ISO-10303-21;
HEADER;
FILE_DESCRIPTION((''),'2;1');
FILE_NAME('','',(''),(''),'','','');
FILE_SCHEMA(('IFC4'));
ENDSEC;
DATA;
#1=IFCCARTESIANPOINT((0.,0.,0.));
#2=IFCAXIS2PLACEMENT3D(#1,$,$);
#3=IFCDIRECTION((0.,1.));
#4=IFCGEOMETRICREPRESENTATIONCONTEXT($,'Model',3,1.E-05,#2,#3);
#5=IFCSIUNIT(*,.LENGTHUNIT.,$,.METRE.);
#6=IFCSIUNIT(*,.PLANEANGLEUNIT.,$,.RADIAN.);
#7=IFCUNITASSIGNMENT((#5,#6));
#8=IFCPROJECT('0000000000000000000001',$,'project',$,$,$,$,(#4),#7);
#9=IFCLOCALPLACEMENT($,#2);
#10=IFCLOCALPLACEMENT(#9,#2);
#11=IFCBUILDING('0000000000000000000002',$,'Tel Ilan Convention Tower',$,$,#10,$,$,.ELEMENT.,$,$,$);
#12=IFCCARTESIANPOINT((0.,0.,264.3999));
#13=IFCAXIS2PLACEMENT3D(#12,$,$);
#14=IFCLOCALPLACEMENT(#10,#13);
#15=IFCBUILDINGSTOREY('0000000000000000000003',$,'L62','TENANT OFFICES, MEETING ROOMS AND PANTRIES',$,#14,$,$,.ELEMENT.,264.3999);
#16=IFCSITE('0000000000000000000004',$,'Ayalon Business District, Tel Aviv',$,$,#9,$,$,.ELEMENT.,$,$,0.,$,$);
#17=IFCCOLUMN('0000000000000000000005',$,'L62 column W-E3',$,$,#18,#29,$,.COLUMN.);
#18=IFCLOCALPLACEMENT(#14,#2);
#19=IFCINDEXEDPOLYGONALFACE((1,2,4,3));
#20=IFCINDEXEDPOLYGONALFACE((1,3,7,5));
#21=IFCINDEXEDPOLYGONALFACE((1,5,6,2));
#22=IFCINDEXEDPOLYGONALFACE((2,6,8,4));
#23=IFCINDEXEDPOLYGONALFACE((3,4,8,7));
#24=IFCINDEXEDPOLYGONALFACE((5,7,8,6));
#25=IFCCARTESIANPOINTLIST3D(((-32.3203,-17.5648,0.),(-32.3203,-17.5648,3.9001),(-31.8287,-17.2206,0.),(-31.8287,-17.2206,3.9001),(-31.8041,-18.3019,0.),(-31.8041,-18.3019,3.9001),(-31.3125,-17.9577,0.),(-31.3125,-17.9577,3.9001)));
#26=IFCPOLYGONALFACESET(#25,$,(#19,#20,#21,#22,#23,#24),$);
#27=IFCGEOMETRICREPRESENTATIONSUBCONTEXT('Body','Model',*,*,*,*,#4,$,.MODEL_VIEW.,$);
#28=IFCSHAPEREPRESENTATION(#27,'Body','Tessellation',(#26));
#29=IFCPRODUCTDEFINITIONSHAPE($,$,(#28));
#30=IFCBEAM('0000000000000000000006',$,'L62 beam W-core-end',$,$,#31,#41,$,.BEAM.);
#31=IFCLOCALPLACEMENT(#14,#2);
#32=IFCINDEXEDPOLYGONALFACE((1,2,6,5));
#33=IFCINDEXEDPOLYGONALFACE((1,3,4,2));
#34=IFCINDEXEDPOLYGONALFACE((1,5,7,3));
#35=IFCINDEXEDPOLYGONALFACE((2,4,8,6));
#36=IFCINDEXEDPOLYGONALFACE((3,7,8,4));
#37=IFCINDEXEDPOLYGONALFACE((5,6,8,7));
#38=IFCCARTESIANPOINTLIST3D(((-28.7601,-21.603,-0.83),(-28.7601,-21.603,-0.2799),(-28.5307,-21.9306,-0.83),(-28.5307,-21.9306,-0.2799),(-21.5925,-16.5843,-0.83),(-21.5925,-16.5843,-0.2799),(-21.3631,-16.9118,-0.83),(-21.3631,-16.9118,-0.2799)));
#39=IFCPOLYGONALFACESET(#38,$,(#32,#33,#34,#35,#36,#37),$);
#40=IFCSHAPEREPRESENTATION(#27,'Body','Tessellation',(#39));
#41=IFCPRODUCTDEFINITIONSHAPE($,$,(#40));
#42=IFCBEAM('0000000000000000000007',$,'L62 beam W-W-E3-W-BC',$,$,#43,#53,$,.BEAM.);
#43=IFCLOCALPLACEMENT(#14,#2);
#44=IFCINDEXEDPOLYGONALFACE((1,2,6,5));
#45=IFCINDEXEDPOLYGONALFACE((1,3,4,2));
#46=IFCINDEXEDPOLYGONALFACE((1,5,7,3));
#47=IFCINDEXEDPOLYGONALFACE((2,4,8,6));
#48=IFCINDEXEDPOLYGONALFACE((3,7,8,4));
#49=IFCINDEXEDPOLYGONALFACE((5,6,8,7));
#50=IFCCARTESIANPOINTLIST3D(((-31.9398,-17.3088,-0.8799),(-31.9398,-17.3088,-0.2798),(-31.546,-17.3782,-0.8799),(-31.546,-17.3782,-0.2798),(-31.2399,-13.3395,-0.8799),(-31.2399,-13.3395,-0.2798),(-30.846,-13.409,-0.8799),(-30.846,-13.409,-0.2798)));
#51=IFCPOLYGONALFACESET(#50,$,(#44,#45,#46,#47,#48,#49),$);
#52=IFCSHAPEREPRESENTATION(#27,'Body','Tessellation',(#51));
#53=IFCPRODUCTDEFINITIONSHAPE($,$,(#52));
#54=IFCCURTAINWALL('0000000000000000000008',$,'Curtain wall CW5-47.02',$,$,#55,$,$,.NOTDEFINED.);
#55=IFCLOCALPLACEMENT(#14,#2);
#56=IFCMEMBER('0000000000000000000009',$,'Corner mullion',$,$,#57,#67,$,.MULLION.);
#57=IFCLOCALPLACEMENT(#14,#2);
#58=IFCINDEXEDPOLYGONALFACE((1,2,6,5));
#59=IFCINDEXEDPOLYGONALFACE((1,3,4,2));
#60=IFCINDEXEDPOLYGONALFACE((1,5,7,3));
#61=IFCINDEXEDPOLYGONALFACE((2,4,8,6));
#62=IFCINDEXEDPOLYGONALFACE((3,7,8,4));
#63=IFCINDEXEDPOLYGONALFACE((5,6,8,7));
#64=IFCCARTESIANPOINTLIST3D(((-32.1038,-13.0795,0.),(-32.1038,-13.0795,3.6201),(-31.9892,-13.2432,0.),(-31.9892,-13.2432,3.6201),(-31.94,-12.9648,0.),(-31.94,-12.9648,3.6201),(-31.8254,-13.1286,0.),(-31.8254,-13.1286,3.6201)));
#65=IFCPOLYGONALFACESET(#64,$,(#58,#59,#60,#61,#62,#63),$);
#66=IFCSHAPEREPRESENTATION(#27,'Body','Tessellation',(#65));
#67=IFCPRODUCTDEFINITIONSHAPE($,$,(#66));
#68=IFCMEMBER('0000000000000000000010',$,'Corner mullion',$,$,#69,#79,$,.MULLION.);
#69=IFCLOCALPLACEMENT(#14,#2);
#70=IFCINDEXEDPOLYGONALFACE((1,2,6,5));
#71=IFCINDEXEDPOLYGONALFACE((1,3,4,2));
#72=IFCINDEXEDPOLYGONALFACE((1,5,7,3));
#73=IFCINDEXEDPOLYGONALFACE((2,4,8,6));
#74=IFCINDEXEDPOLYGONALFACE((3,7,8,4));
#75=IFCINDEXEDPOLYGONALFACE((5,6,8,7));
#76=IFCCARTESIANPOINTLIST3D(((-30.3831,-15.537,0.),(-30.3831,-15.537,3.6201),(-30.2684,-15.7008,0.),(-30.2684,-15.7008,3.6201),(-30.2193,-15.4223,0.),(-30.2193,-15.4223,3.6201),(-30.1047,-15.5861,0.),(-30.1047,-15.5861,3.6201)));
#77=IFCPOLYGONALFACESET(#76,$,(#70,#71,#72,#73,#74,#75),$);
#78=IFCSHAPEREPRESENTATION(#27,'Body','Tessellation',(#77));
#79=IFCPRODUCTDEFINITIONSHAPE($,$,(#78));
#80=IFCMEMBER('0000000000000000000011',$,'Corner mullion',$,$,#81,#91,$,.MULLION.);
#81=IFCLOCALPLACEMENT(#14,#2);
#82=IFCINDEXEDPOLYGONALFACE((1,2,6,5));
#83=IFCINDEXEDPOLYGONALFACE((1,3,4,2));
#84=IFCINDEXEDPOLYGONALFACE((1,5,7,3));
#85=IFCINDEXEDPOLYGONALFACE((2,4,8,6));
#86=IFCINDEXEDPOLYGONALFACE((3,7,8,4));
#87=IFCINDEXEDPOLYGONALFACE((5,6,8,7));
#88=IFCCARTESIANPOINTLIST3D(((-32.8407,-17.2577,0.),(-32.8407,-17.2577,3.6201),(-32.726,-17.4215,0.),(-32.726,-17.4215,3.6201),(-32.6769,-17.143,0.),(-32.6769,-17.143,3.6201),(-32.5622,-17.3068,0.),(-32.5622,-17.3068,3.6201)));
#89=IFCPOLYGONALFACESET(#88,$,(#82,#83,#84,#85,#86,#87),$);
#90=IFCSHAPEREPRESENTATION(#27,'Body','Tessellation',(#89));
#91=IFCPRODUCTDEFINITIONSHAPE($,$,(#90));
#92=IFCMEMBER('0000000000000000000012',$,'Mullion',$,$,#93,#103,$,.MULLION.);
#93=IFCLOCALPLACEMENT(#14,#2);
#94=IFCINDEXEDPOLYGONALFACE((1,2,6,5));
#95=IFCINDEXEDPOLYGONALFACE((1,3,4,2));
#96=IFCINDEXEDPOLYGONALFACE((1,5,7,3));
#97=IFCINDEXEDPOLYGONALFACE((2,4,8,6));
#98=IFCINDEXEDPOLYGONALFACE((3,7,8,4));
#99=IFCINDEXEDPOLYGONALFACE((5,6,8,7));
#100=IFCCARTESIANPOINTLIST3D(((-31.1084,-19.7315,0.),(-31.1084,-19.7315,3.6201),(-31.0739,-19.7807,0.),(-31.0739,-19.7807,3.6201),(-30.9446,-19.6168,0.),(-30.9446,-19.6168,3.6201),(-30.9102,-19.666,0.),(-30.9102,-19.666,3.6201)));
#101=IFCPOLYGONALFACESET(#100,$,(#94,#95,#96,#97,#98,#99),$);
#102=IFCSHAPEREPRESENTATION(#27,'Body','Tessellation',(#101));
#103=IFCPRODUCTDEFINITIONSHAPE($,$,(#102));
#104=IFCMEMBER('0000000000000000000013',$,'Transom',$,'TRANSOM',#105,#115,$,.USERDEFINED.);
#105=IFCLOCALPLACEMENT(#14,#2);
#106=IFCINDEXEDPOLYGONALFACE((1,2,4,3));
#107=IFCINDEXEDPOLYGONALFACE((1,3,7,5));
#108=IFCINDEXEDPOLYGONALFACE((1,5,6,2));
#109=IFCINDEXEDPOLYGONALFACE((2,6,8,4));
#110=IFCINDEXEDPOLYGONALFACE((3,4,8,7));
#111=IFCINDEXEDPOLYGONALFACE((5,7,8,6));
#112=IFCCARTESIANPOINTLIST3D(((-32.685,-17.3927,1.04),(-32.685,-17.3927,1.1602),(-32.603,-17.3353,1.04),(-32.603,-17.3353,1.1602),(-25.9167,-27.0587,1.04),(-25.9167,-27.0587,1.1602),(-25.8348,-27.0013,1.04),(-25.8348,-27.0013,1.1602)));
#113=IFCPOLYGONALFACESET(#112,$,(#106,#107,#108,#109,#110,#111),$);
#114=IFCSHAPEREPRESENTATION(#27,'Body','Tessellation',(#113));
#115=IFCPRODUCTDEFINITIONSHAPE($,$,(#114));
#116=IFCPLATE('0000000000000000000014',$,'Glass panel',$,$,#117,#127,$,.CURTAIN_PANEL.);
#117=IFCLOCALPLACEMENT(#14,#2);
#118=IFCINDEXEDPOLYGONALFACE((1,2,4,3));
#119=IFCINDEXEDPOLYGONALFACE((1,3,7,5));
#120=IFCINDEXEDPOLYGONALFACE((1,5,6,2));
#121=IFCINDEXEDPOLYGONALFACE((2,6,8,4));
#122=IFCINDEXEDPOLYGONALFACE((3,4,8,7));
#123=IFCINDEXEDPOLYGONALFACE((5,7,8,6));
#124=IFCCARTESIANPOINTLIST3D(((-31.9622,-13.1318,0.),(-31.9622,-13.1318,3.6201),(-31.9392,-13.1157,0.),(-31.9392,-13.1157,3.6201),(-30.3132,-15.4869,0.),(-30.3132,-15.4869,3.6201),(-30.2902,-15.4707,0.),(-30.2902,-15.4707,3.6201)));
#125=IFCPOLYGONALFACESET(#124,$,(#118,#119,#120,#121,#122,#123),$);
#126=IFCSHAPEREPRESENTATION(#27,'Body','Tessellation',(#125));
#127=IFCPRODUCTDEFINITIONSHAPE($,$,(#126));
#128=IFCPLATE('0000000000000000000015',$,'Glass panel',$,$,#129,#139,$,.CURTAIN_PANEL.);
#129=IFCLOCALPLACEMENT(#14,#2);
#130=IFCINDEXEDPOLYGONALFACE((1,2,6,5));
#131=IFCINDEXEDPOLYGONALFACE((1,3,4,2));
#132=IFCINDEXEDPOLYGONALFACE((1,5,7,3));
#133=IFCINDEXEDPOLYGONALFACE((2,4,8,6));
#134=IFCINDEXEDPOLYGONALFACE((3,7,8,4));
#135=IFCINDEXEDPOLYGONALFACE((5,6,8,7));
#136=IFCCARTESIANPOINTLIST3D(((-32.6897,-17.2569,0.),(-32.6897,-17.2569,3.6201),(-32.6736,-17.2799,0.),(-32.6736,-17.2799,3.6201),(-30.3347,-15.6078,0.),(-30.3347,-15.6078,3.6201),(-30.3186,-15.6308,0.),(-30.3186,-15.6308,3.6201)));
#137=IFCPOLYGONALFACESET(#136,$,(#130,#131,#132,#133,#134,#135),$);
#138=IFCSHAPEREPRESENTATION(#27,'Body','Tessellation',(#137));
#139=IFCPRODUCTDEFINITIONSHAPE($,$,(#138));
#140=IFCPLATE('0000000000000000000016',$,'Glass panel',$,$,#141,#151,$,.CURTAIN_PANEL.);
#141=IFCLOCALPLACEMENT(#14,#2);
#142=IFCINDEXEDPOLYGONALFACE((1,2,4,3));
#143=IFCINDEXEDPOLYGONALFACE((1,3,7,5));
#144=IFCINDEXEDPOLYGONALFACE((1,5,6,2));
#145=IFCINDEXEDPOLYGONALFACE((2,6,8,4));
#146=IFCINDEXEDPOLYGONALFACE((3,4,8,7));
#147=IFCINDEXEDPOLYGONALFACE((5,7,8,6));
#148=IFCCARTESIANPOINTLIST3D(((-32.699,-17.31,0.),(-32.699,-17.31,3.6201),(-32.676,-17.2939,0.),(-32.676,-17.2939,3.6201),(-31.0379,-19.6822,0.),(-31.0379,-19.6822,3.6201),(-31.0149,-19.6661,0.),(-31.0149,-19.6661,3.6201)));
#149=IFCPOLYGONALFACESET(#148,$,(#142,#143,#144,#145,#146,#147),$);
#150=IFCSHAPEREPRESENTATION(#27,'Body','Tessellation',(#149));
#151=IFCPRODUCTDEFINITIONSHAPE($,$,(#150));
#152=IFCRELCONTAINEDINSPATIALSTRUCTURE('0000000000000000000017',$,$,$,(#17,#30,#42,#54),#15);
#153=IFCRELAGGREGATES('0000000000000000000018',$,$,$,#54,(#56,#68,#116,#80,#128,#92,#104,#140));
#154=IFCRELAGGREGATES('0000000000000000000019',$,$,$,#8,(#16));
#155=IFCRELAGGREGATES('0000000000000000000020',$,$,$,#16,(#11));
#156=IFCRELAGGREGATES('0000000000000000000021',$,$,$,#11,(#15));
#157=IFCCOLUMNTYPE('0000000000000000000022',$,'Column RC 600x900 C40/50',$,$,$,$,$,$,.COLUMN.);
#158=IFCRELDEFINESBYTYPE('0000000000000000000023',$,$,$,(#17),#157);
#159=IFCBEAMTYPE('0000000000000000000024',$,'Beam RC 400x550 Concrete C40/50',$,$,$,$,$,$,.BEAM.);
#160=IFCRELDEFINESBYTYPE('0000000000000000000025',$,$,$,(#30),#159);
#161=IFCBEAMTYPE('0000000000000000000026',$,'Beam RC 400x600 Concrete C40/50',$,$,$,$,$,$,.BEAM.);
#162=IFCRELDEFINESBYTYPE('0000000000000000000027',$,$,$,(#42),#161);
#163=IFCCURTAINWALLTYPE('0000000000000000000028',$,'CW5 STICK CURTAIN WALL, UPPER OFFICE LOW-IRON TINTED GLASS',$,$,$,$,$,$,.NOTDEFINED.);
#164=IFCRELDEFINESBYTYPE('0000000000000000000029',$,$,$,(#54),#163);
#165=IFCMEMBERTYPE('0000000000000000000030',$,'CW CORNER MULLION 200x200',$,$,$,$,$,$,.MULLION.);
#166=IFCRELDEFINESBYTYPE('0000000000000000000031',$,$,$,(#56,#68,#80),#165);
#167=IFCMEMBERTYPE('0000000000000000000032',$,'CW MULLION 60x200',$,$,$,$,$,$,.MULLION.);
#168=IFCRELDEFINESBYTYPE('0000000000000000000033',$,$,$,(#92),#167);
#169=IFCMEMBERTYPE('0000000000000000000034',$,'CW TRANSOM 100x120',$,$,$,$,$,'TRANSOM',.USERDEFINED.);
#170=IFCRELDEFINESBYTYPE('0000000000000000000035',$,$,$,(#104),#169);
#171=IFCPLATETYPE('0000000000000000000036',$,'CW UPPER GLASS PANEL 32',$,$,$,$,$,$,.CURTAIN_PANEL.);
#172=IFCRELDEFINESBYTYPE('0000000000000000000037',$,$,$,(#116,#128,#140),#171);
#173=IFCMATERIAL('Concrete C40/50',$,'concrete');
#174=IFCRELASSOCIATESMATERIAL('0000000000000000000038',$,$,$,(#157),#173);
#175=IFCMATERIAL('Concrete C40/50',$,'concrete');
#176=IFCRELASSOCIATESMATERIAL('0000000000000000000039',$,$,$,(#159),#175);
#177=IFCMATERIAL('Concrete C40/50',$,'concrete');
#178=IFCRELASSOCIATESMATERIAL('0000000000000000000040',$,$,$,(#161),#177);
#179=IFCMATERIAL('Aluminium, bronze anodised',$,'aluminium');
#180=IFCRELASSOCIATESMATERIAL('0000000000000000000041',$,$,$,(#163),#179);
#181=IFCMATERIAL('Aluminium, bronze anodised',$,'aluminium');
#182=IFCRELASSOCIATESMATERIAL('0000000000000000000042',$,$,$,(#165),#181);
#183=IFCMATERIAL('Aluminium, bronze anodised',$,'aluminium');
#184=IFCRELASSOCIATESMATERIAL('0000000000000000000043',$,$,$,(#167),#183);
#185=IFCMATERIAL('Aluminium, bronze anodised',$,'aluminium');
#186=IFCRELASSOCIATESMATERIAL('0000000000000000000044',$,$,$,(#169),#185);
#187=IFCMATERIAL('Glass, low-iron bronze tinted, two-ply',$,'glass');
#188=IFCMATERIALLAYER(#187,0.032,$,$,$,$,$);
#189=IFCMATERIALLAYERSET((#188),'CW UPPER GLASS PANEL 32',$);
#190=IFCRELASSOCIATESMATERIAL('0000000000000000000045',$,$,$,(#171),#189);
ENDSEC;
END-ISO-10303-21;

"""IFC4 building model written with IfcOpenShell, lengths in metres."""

from ifc_helpers import new_model, si_unit, direction, frame, origin, origin_2d, place, context, subcontext, project, spatial, rectangle, extrude, material, layer, layer_set, material_profile, profile_set, type_object, element, aggregate, save


model = new_model("IFC4")

# Units and contexts
model_context = context("Model", 3, precision=1e-05, world=origin(), true_north=direction((0.0, 1.0)))
body_context = subcontext(model_context, "Body", "Model", "MODEL_VIEW")
ifc_project = project(units=[si_unit("LENGTHUNIT", "METRE"), si_unit("PLANEANGLEUNIT", "RADIAN")], contexts=[model_context])

# Site, building, storey
site_placement = place(None, origin())
site = spatial("IfcSite", under=ifc_project, at=site_placement, Name="Ayalon Business District, Tel Aviv", CompositionType="ELEMENT", RefElevation=0.0)
building_placement = place(site_placement, origin())
building = spatial("IfcBuilding", under=site, at=building_placement, Name="Tel Ilan Convention Tower", CompositionType="ELEMENT")
storey_placement = place(building_placement, frame((0.0, 0.0, 264.3999)))
storey = spatial("IfcBuildingStorey", under=building, at=storey_placement, Name="L62", Description="TENANT OFFICES, MEETING ROOMS AND PANTRIES", CompositionType="ELEMENT", Elevation=264.3999)

# Column
ifc_material_1 = material(Name="Concrete C40/50", Category="concrete")
ifc_material_profile_1 = material_profile(ifc_material_1, rectangle(XDim=0.8999, YDim=0.6001, at=origin_2d()), Name="RC 600x900")
ifc_profile_set_1 = profile_set([ifc_material_profile_1], Name="Concrete C40/50")
column_type = type_object("IfcColumnType", Name="Column RC 600x900 C40/50", PredefinedType="COLUMN", material=ifc_profile_set_1)
column_placement = place(storey_placement, frame((-31.8164, -17.7612, 0.0), z_axis=(0.0, 0.0, 1.0), x_axis=(-0.573576, 0.819152, 0.0)))
element("IfcColumn", 1, at=column_placement, inside=storey, type_object=column_type, Name="L62 column W-E3", PredefinedType="COLUMN", context=body_context, shape_type="SweptSolid", body=[
    extrude(rectangle(XDim=0.8999, YDim=0.6001, at=origin_2d()), origin(), (0.0, 0.0, 1.0), 3.9001),
])

# Beams
ifc_material_2 = material(Name="Concrete C40/50", Category="concrete")
ifc_material_profile_2 = material_profile(ifc_material_2, rectangle(XDim=0.3999, YDim=0.55, at=origin_2d()), Name="RC 400x550")
ifc_profile_set_2 = profile_set([ifc_material_profile_2], Name="Concrete C40/50")
beam_type_1 = type_object("IfcBeamType", Name="Beam RC 400x550 Concrete C40/50", PredefinedType="BEAM", material=ifc_profile_set_2)
beam_1_placement = place(storey_placement, frame((-21.4778, -16.748, -0.5549), z_axis=(-0.819157, -0.573569, 0.0), x_axis=(0.573569, -0.819157, 0.0)))
element("IfcBeam", 2, at=beam_1_placement, inside=storey, type_object=beam_type_1, Name="L62 beam W-core-end", PredefinedType="BEAM", context=body_context, shape_type="SweptSolid", body=[
    extrude(rectangle(XDim=0.3999, YDim=0.55, at=origin_2d()), origin(), (0.0, 0.0, 1.0), 8.75),
])
ifc_material_3 = material(Name="Concrete C40/50", Category="concrete")
ifc_material_profile_3 = material_profile(ifc_material_3, rectangle(XDim=0.3999, YDim=0.6001, at=origin_2d()), Name="RC 400x600")
ifc_profile_set_3 = profile_set([ifc_material_profile_3], Name="Concrete C40/50")
beam_type_2 = type_object("IfcBeamType", Name="Beam RC 400x600 Concrete C40/50", PredefinedType="BEAM", material=ifc_profile_set_3)
beam_2_placement = place(storey_placement, frame((-31.7429, -17.3435, -0.5798), z_axis=(0.173664, 0.984805, 0.0), x_axis=(-0.984805, 0.173664, 0.0)))
element("IfcBeam", 3, at=beam_2_placement, inside=storey, type_object=beam_type_2, Name="L62 beam W-W-E3-W-BC", PredefinedType="BEAM", context=body_context, shape_type="SweptSolid", body=[
    extrude(rectangle(XDim=0.3999, YDim=0.6001, at=origin_2d()), origin(), (0.0, 0.0, 1.0), 4.0305),
])

# Curtain wall, members, plates
ifc_material_4 = material(Name="Aluminium, bronze anodised", Category="aluminium")
curtain_wall_type = type_object("IfcCurtainWallType", Name="CW5 STICK CURTAIN WALL, UPPER OFFICE LOW-IRON TINTED GLASS", PredefinedType="NOTDEFINED", material=ifc_material_4)
curtain_wall_placement = place(storey_placement, origin())
curtain_wall = element("IfcCurtainWall", 4, at=curtain_wall_placement, inside=storey, type_object=curtain_wall_type, Name="Curtain wall CW5-47.02", PredefinedType="NOTDEFINED")
ifc_material_5 = material(Name="Aluminium, bronze anodised", Category="aluminium")
ifc_material_profile_4 = material_profile(ifc_material_5, rectangle(XDim=0.2, YDim=0.2, at=origin_2d()), Name="CW CORNER MULLION 200x200")
ifc_profile_set_4 = profile_set([ifc_material_profile_4], Name="Aluminium, bronze anodised")
member_type_1 = type_object("IfcMemberType", Name="CW CORNER MULLION 200x200", PredefinedType="MULLION", material=ifc_profile_set_4)
member_1_placement = place(storey_placement, frame((-31.9646, -13.104, 0.0), z_axis=(0.0, 0.0, 1.0), x_axis=(-0.819152, -0.573576, 0.0)))
member_1 = element("IfcMember", 5, at=member_1_placement, type_object=member_type_1, Name="Corner mullion", PredefinedType="MULLION", context=body_context, shape_type="SweptSolid", body=[
    extrude(rectangle(XDim=0.2, YDim=0.2, at=origin_2d()), origin(), (0.0, 0.0, 1.0), 3.6201),
])
member_2_placement = place(storey_placement, frame((-30.2439, -15.5615, 0.0), z_axis=(0.0, 0.0, 1.0), x_axis=(0.573576, -0.819152, 0.0)))
member_2 = element("IfcMember", 6, at=member_2_placement, type_object=member_type_1, Name="Corner mullion", PredefinedType="MULLION", context=body_context, shape_type="SweptSolid", body=[
    extrude(rectangle(XDim=0.2, YDim=0.2, at=origin_2d()), origin(), (0.0, 0.0, 1.0), 3.6201),
])
member_3_placement = place(storey_placement, frame((-32.7014, -17.2822, 0.0), z_axis=(0.0, 0.0, 1.0), x_axis=(-0.819152, -0.573576, 0.0)))
member_3 = element("IfcMember", 7, at=member_3_placement, type_object=member_type_1, Name="Corner mullion", PredefinedType="MULLION", context=body_context, shape_type="SweptSolid", body=[
    extrude(rectangle(XDim=0.2, YDim=0.2, at=origin_2d()), origin(), (0.0, 0.0, 1.0), 3.6201),
])
ifc_material_6 = material(Name="Aluminium, bronze anodised", Category="aluminium")
ifc_material_profile_5 = material_profile(ifc_material_6, rectangle(XDim=0.0601, YDim=0.2, at=origin_2d()), Name="CW MULLION 60x200")
ifc_profile_set_5 = profile_set([ifc_material_profile_5], Name="Aluminium, bronze anodised")
member_type_2 = type_object("IfcMemberType", Name="CW MULLION 60x200", PredefinedType="MULLION", material=ifc_profile_set_5)
member_4_placement = place(storey_placement, frame((-31.0093, -19.6987, 0.0), z_axis=(0.0, 0.0, 1.0), x_axis=(0.573576, -0.819152, 0.0)))
member_4 = element("IfcMember", 8, at=member_4_placement, type_object=member_type_2, Name="Mullion", PredefinedType="MULLION", context=body_context, shape_type="SweptSolid", body=[
    extrude(rectangle(XDim=0.0601, YDim=0.2, at=origin_2d()), origin(), (0.0, 0.0, 1.0), 3.6201),
])
ifc_material_7 = material(Name="Aluminium, bronze anodised", Category="aluminium")
ifc_material_profile_6 = material_profile(ifc_material_7, rectangle(XDim=0.1001, YDim=0.1201, at=origin_2d()), Name="CW TRANSOM 100x120")
ifc_profile_set_6 = profile_set([ifc_material_profile_6], Name="Aluminium, bronze anodised")
member_type_3 = type_object("IfcMemberType", Name="CW TRANSOM 100x120", ElementType="TRANSOM", PredefinedType="USERDEFINED", material=ifc_profile_set_6)
member_5_placement = place(storey_placement, frame((-32.644, -17.364, 1.1001), z_axis=(0.573582, -0.819148, 0.0), x_axis=(0.819148, 0.573582, 0.0)))
member_5 = element("IfcMember", 9, at=member_5_placement, type_object=member_type_3, Name="Transom", ObjectType="TRANSOM", PredefinedType="USERDEFINED", context=body_context, shape_type="SweptSolid", body=[
    extrude(rectangle(XDim=0.1001, YDim=0.1201, at=origin_2d()), origin(), (0.0, 0.0, 1.0), 11.8),
])
ifc_material_8 = material(Name="Glass, low-iron bronze tinted, two-ply", Category="glass")
ifc_layer_1 = layer(ifc_material_8, 0.032)
ifc_layer_set_1 = layer_set([ifc_layer_1], Name="CW UPPER GLASS PANEL 32")
plate_type = type_object("IfcPlateType", Name="CW UPPER GLASS PANEL 32", PredefinedType="CURTAIN_PANEL", material=ifc_layer_set_1)
plate_1_placement = place(storey_placement, frame((-31.1262, -14.3013, 0.0), z_axis=(0.0, 0.0, 1.0), x_axis=(0.573576, -0.819152, 0.0)))
plate_1 = element("IfcPlate", 10, at=plate_1_placement, type_object=plate_type, Name="Glass panel", PredefinedType="CURTAIN_PANEL", context=body_context, shape_type="SweptSolid", body=[
    extrude(rectangle(XDim=2.875, YDim=0.0281, at=origin_2d()), origin(), (0.0, 0.0, 1.0), 3.6201),
])
plate_2_placement = place(storey_placement, frame((-31.5042, -16.4438, 0.0), z_axis=(0.0, 0.0, 1.0), x_axis=(-0.819152, -0.573576, 0.0)))
plate_2 = element("IfcPlate", 11, at=plate_2_placement, type_object=plate_type, Name="Glass panel", PredefinedType="CURTAIN_PANEL", context=body_context, shape_type="SweptSolid", body=[
    extrude(rectangle(XDim=2.875, YDim=0.0281, at=origin_2d()), origin(), (0.0, 0.0, 1.0), 3.6201),
])
plate_3_placement = place(storey_placement, frame((-31.8569, -18.488, 0.0), z_axis=(0.0, 0.0, 1.0), x_axis=(0.573576, -0.819152, 0.0)))
plate_3 = element("IfcPlate", 12, at=plate_3_placement, type_object=plate_type, Name="Glass panel", PredefinedType="CURTAIN_PANEL", context=body_context, shape_type="SweptSolid", body=[
    extrude(rectangle(XDim=2.896, YDim=0.0281, at=origin_2d()), origin(), (0.0, 0.0, 1.0), 3.6201),
])
aggregate(curtain_wall, [member_1, member_2, plate_1, member_3, plate_2, member_4, member_5, plate_3])

save(model, "model.ifc")
